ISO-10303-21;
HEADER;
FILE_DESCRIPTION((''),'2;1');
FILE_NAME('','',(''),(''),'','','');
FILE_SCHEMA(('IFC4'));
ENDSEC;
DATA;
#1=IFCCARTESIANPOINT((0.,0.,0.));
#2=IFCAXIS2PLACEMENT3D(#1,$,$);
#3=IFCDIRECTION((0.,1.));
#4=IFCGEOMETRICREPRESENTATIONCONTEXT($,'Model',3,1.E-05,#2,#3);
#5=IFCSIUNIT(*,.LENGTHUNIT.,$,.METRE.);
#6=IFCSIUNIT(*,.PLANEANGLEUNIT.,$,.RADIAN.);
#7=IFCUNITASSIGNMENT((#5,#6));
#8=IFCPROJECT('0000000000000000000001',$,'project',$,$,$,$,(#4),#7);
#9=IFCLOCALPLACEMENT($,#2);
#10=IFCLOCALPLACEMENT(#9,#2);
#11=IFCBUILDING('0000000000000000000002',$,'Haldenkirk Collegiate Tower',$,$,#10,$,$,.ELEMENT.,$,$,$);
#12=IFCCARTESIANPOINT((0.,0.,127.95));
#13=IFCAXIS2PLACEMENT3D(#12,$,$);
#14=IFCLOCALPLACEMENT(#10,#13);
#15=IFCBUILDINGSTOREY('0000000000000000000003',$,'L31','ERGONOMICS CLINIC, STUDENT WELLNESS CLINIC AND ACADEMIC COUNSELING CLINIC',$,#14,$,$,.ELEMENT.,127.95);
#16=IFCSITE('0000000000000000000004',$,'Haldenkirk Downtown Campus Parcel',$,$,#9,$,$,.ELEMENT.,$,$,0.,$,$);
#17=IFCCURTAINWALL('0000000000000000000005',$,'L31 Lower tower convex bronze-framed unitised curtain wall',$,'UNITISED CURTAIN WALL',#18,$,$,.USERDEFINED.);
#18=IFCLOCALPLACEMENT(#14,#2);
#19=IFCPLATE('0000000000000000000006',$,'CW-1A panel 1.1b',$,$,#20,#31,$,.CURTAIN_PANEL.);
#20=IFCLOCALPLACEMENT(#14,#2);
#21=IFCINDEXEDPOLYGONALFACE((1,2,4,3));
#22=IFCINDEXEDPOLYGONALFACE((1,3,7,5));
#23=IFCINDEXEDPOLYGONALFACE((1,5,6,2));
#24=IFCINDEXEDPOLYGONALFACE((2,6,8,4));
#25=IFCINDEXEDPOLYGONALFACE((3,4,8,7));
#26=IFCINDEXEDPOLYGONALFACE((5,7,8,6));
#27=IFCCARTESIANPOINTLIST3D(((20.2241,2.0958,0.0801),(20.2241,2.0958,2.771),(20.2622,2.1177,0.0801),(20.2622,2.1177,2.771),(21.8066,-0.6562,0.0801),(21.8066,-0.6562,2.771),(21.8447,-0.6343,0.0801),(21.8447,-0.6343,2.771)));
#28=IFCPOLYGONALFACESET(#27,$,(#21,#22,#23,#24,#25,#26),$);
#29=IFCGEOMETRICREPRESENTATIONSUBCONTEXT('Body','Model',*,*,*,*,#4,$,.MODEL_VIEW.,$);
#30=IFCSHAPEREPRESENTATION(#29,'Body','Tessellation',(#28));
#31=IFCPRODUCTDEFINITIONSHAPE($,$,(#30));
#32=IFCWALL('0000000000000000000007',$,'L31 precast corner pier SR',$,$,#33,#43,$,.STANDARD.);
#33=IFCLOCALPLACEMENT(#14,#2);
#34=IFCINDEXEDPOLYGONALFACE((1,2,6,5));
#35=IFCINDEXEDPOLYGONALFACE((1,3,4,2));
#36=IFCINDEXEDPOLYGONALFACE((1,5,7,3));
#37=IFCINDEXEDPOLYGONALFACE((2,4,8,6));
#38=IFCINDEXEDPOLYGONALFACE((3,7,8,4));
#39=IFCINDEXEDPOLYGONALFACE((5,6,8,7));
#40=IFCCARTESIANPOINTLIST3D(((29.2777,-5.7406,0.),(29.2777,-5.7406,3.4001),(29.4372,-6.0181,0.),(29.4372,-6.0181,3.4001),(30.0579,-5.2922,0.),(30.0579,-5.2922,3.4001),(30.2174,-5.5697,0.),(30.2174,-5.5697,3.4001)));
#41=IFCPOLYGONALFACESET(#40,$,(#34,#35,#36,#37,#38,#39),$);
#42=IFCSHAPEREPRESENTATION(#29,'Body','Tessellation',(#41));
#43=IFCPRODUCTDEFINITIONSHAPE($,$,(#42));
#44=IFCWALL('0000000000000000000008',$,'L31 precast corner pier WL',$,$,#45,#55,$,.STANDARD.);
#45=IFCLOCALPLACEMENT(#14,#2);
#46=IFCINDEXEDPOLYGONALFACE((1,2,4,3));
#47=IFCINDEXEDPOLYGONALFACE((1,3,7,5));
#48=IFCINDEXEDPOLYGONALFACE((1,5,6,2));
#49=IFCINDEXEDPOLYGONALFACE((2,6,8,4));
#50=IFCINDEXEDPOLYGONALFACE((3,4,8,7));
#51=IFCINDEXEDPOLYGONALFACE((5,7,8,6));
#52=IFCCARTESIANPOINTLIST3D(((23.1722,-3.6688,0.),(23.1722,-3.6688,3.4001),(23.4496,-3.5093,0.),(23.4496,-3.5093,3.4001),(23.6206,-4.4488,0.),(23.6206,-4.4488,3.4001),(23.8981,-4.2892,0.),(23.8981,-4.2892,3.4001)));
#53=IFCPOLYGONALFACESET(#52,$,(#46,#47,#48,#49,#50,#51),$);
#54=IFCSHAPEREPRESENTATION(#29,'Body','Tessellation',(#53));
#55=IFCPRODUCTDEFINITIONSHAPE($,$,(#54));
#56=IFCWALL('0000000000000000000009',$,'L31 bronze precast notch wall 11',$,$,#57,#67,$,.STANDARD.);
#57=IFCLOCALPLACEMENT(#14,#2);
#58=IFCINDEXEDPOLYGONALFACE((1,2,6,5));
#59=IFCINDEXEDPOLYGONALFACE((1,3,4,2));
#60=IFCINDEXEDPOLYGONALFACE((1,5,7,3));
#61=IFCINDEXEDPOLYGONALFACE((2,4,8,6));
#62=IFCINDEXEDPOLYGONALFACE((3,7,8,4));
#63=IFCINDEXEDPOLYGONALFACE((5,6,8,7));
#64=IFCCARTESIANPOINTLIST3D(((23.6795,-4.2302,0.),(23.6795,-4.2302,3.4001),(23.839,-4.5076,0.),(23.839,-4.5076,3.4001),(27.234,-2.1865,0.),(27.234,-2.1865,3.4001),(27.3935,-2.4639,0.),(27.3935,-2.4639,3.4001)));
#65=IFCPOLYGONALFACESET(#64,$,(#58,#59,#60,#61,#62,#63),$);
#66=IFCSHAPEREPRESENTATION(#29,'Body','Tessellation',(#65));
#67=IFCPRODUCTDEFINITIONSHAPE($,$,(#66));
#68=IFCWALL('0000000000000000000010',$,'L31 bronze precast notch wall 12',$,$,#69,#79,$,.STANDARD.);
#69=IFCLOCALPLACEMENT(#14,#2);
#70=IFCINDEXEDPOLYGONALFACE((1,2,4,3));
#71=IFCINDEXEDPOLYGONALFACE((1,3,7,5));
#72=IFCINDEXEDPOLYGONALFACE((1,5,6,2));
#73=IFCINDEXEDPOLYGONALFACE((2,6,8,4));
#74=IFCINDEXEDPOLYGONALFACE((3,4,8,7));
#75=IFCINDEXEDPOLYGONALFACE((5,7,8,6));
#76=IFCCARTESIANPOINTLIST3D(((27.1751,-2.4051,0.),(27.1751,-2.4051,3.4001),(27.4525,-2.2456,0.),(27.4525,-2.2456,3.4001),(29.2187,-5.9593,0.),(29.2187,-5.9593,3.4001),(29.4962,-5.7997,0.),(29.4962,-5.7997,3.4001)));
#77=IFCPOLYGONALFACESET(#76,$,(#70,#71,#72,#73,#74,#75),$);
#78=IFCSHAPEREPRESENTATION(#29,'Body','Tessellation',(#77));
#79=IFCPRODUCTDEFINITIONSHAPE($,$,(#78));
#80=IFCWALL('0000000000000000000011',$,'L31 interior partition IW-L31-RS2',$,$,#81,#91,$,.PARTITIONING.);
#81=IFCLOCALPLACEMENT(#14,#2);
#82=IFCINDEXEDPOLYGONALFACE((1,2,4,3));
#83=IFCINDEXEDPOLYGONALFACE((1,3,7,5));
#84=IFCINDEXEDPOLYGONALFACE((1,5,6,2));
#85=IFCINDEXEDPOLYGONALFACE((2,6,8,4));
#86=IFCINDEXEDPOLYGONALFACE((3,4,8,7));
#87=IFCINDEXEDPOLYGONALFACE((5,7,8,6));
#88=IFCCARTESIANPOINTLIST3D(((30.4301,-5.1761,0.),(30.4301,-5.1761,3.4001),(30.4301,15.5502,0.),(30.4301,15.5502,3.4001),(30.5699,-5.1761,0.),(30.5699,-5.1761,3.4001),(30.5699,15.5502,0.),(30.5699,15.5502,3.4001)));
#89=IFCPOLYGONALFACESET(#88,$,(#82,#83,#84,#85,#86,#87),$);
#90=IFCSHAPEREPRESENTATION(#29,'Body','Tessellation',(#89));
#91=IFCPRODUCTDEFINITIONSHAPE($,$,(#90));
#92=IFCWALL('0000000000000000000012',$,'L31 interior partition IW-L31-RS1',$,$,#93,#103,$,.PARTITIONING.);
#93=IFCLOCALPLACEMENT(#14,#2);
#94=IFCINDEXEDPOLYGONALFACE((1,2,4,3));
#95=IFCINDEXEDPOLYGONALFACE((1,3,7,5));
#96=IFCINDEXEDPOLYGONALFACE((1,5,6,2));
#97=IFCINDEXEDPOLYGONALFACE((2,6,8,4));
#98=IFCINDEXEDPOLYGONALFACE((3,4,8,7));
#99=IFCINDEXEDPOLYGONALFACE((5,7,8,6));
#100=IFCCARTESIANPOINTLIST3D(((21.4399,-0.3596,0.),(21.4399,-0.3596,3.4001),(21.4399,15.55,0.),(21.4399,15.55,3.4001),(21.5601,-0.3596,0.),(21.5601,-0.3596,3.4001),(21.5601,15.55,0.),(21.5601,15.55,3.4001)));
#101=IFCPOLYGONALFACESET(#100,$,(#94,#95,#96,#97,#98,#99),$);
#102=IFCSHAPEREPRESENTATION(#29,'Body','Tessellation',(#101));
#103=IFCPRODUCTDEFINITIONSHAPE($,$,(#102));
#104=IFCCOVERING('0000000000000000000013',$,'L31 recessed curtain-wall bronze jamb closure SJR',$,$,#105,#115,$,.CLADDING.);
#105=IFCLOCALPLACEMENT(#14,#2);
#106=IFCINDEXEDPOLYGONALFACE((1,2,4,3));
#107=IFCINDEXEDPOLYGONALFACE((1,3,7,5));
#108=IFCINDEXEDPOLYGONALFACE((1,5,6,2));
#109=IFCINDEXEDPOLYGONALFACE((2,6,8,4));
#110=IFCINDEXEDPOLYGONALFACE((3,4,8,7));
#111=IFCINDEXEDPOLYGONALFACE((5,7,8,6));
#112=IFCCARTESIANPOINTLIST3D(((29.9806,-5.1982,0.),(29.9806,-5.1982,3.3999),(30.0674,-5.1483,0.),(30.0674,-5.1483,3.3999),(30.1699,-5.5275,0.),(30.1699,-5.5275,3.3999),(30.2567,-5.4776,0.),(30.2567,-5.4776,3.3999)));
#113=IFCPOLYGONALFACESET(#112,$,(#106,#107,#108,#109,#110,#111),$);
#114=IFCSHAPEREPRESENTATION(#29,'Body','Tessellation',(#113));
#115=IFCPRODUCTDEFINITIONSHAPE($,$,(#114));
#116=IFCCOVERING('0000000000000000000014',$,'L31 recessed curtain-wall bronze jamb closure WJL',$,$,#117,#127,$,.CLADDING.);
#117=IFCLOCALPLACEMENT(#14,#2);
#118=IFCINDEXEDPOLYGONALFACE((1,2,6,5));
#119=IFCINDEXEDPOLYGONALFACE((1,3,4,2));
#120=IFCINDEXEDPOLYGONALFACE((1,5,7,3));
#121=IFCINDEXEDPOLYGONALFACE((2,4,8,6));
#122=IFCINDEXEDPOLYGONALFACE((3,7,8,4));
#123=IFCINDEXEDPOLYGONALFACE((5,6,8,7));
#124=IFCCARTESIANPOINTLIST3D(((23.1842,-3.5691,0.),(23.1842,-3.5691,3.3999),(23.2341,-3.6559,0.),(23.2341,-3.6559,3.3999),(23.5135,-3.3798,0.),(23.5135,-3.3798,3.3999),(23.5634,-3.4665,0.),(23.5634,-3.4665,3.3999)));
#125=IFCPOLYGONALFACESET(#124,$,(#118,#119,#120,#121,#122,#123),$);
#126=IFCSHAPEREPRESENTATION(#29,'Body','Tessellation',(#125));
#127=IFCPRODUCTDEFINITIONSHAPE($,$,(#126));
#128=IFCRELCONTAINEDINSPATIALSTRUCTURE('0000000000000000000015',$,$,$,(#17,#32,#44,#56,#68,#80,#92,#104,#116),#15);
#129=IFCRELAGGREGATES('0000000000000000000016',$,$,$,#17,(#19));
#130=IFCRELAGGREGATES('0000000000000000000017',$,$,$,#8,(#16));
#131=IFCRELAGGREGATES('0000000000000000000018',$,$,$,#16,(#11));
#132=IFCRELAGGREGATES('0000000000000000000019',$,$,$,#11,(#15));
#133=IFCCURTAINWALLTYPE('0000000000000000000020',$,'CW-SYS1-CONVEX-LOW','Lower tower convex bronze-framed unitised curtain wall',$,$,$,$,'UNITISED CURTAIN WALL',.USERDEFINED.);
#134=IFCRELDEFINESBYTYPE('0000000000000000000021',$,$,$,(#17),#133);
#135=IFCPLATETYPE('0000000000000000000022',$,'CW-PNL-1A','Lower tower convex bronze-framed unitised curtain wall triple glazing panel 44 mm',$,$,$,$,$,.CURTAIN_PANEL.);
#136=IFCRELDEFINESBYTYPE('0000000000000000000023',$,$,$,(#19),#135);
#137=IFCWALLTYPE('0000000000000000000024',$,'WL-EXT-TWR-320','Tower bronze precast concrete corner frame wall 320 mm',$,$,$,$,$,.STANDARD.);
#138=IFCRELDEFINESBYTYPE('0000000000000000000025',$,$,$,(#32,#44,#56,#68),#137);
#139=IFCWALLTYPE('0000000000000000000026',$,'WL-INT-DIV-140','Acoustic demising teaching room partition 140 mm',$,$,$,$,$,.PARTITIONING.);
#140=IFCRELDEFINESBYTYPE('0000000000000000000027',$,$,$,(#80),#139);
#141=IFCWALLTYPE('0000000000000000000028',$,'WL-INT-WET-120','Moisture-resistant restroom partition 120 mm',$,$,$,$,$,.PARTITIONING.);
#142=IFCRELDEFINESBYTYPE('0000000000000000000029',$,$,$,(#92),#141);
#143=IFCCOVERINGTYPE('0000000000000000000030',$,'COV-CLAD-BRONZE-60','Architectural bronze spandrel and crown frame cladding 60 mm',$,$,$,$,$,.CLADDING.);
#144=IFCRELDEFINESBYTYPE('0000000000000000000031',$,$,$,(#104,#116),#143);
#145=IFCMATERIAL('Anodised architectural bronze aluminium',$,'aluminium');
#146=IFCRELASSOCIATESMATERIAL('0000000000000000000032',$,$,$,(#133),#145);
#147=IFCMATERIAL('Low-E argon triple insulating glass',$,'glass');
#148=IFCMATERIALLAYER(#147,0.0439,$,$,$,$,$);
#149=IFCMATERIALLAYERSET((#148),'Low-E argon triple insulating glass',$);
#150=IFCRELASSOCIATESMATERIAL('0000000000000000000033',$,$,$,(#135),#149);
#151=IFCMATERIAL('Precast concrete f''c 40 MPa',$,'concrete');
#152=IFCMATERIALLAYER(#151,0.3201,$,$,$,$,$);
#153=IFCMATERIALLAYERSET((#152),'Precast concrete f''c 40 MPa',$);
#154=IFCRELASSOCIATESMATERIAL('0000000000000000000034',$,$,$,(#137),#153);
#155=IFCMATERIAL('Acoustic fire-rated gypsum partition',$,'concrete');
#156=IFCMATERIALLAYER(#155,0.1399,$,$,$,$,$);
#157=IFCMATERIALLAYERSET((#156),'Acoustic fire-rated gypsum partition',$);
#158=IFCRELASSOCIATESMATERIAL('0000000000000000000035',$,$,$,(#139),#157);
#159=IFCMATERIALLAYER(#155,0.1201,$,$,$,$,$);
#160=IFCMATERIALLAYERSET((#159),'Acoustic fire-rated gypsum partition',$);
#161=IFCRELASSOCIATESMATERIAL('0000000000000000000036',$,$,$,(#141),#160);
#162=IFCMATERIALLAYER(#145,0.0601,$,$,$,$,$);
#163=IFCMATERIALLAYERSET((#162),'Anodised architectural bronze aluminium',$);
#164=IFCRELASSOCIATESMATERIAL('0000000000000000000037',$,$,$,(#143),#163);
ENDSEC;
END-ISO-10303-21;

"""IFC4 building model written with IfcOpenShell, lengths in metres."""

from ifc_helpers import new_model, si_unit, direction, frame, frame_2d, origin, origin_2d, place, context, subcontext, project, spatial, rectangle, extrude, source, transform, mapped, material, layer, layer_set, type_object, element, aggregate, save


model = new_model("IFC4")

# Units and contexts
model_context = context("Model", 3, precision=1e-05, world=origin(), true_north=direction((0.0, 1.0)))
body_context = subcontext(model_context, "Body", "Model", "MODEL_VIEW")
ifc_project = project(units=[si_unit("LENGTHUNIT", "METRE"), si_unit("PLANEANGLEUNIT", "RADIAN")], contexts=[model_context])

# Site, building, storey
site_placement = place(None, origin())
site = spatial("IfcSite", under=ifc_project, at=site_placement, Name="Haldenkirk Downtown Campus Parcel", CompositionType="ELEMENT", RefElevation=0.0)
building_placement = place(site_placement, origin())
building = spatial("IfcBuilding", under=site, at=building_placement, Name="Haldenkirk Collegiate Tower", CompositionType="ELEMENT")
storey_placement = place(building_placement, frame((0.0, 0.0, 127.95)))
storey = spatial("IfcBuildingStorey", under=building, at=storey_placement, Name="L31", Description="ERGONOMICS CLINIC, STUDENT WELLNESS CLINIC AND ACADEMIC COUNSELING CLINIC", CompositionType="ELEMENT", Elevation=127.95)

# Shared definitions
ifc_material_1 = material(Name="Anodised architectural bronze aluminium", Category="aluminium")

# Curtain wall, plate
curtain_wall_type_1 = type_object("IfcCurtainWallType", Name="CW-SYS1-CONVEX-LOW", Description="Lower tower convex bronze-framed unitised curtain wall", ElementType="UNITISED CURTAIN WALL", PredefinedType="USERDEFINED", material=ifc_material_1)
curtain_wall_1_placement = place(storey_placement, origin())
curtain_wall_1 = element("IfcCurtainWall", 1, at=curtain_wall_1_placement, inside=storey, type_object=curtain_wall_type_1, Name="L31 Lower tower convex bronze-framed unitised curtain wall", ObjectType="UNITISED CURTAIN WALL", PredefinedType="USERDEFINED")
ifc_material_2 = material(Name="Low-E argon triple insulating glass", Category="glass")
ifc_layer_1 = layer(ifc_material_2, 0.0439)
ifc_layer_set_1 = layer_set([ifc_layer_1], Name="Low-E argon triple insulating glass")
plate_type = type_object("IfcPlateType", Name="CW-PNL-1A", Description="Lower tower convex bronze-framed unitised curtain wall triple glazing panel 44 mm", PredefinedType="CURTAIN_PANEL", material=ifc_layer_set_1)
shared_shape_1 = source(origin(), body_context, "Body", "SweptSolid", [
    extrude(rectangle(XDim=3.1746, YDim=0.0439, at=origin_2d()), origin(), (0.0, 0.0, 1.0), 2.6909),
])
plate_1_placement = place(storey_placement, frame((21.0344, 0.7307, 0.0801), z_axis=(0.0, 0.0, 1.0), x_axis=(-0.49849, 0.866896, 0.0)))
plate_1 = element("IfcPlate", 2, at=plate_1_placement, type_object=plate_type, Name="CW-1A panel 1.1b", PredefinedType="CURTAIN_PANEL", context=body_context, shape_type="MappedRepresentation", body=[
    mapped(shared_shape_1, transform((0.0, 0.0, 0.0), x_axis=(1.0, 0.0, 0.0), y_axis=(0.0, 1.0, 0.0), z_axis=(0.0, 0.0, 1.0), scale=1.0)),
])
aggregate(curtain_wall_1, [plate_1])

# Walls
ifc_material_3 = material(Name="Precast concrete f'c 40 MPa", Category="concrete")
ifc_layer_2 = layer(ifc_material_3, 0.3201)
ifc_layer_set_2 = layer_set([ifc_layer_2], Name="Precast concrete f'c 40 MPa")
wall_type_1 = type_object("IfcWallType", Name="WL-EXT-TWR-320", Description="Tower bronze precast concrete corner frame wall 320 mm", PredefinedType="STANDARD", material=ifc_layer_set_2)
wall_1_placement = place(storey_placement, frame((30.1377, -5.4309, 0.0), z_axis=(0.0, 0.0, 1.0), x_axis=(-0.866988, -0.498328, 0.0)))
element("IfcWall", 3, at=wall_1_placement, inside=storey, type_object=wall_type_1, Name="L31 precast corner pier SR", PredefinedType="STANDARD", context=body_context, shape_type="SweptSolid", body=[
    extrude(rectangle(XDim=0.8999, YDim=0.3201, at=frame_2d((0.45, 0.0))), origin(), (0.0, 0.0, 1.0), 3.4001),
])
wall_2_placement = place(storey_placement, frame((23.7593, -4.3689, 0.0), z_axis=(0.0, 0.0, 1.0), x_axis=(-0.498446, 0.866921, 0.0)))
element("IfcWall", 4, at=wall_2_placement, inside=storey, type_object=wall_type_1, Name="L31 precast corner pier WL", PredefinedType="STANDARD", context=body_context, shape_type="SweptSolid", body=[
    extrude(rectangle(XDim=0.8997, YDim=0.3201, at=frame_2d((0.4497, 0.0))), origin(), (0.0, 0.0, 1.0), 3.4001),
])
wall_3_placement = place(storey_placement, frame((27.3137, -2.3252, 0.0), z_axis=(0.0, 0.0, 1.0), x_axis=(-0.866917, -0.498452, 0.0)))
element("IfcWall", 5, at=wall_3_placement, inside=storey, type_object=wall_type_1, Name="L31 bronze precast notch wall 11", PredefinedType="STANDARD", context=body_context, shape_type="SweptSolid", body=[
    extrude(rectangle(XDim=4.1001, YDim=0.3201, at=frame_2d((2.05, 0.0))), origin(), (0.0, 0.0, 1.0), 3.4001),
])
wall_4_placement = place(storey_placement, frame((29.3574, -5.8794, 0.0), z_axis=(0.0, 0.0, 1.0), x_axis=(-0.498478, 0.866902, 0.0)))
element("IfcWall", 6, at=wall_4_placement, inside=storey, type_object=wall_type_1, Name="L31 bronze precast notch wall 12", PredefinedType="STANDARD", context=body_context, shape_type="SweptSolid", body=[
    extrude(rectangle(XDim=4.0999, YDim=0.3201, at=frame_2d((2.0498, 0.0))), origin(), (0.0, 0.0, 1.0), 3.4001),
])
ifc_material_4 = material(Name="Acoustic fire-rated gypsum partition", Category="concrete")
ifc_layer_3 = layer(ifc_material_4, 0.1399)
ifc_layer_set_3 = layer_set([ifc_layer_3], Name="Acoustic fire-rated gypsum partition")
wall_type_2 = type_object("IfcWallType", Name="WL-INT-DIV-140", Description="Acoustic demising teaching room partition 140 mm", PredefinedType="PARTITIONING", material=ifc_layer_set_3)
wall_5_placement = place(storey_placement, frame((30.5, -5.1763, 0.0), z_axis=(0.0, 0.0, 1.0), x_axis=(0.0, 1.0, 0.0)))
element("IfcWall", 7, at=wall_5_placement, inside=storey, type_object=wall_type_2, Name="L31 interior partition IW-L31-RS2", PredefinedType="PARTITIONING", context=body_context, shape_type="SweptSolid", body=[
    extrude(rectangle(XDim=20.7263, YDim=0.1399, at=frame_2d((10.3633, 0.0))), origin(), (0.0, 0.0, 1.0), 3.4001),
])
ifc_layer_4 = layer(ifc_material_4, 0.1201)
ifc_layer_set_4 = layer_set([ifc_layer_4], Name="Acoustic fire-rated gypsum partition")
wall_type_3 = type_object("IfcWallType", Name="WL-INT-WET-120", Description="Moisture-resistant restroom partition 120 mm", PredefinedType="PARTITIONING", material=ifc_layer_set_4)
wall_6_placement = place(storey_placement, frame((21.5, -0.3596, 0.0), z_axis=(0.0, 0.0, 1.0), x_axis=(0.0, 1.0, 0.0)))
element("IfcWall", 8, at=wall_6_placement, inside=storey, type_object=wall_type_3, Name="L31 interior partition IW-L31-RS1", PredefinedType="PARTITIONING", context=body_context, shape_type="SweptSolid", body=[
    extrude(rectangle(XDim=15.9097, YDim=0.1201, at=frame_2d((7.9548, 0.0))), origin(), (0.0, 0.0, 1.0), 3.4001),
])

# Coverings
ifc_layer_5 = layer(ifc_material_1, 0.0601)
ifc_layer_set_5 = layer_set([ifc_layer_5], Name="Anodised architectural bronze aluminium")
covering_type = type_object("IfcCoveringType", Name="COV-CLAD-BRONZE-60", Description="Architectural bronze spandrel and crown frame cladding 60 mm", PredefinedType="CLADDING", material=ifc_layer_set_5)
shared_shape_2 = source(origin(), body_context, "Body", "SweptSolid", [
    extrude(rectangle(XDim=0.1001, YDim=0.3799, at=origin_2d()), origin(), (0.0, 0.0, 1.0), 3.3999),
])
for number, where, z_axis, x_axis, name in (
    (9, (30.1187, -5.3379, 0.0), (0.0, 0.0, 1.0), (-0.866897, -0.498488, 0.0), "L31 recessed curtain-wall bronze jamb closure SJR"),
    (10, (23.3738, -3.5178, 0.0), (0.0, 0.0, 1.0), (-0.498488, 0.866897, 0.0), "L31 recessed curtain-wall bronze jamb closure WJL"),
):
    element("IfcCovering", number, at=place(storey_placement, frame(where, z_axis=z_axis, x_axis=x_axis)), inside=storey, type_object=covering_type, Name=name, PredefinedType="CLADDING", context=body_context, shape_type="MappedRepresentation", body=[
        mapped(shared_shape_2, transform((0.0, 0.0, 0.0), x_axis=(1.0, 0.0, 0.0), y_axis=(0.0, 1.0, 0.0), z_axis=(0.0, 0.0, 1.0), scale=1.0)),
    ])

save(model, "model.ifc")
